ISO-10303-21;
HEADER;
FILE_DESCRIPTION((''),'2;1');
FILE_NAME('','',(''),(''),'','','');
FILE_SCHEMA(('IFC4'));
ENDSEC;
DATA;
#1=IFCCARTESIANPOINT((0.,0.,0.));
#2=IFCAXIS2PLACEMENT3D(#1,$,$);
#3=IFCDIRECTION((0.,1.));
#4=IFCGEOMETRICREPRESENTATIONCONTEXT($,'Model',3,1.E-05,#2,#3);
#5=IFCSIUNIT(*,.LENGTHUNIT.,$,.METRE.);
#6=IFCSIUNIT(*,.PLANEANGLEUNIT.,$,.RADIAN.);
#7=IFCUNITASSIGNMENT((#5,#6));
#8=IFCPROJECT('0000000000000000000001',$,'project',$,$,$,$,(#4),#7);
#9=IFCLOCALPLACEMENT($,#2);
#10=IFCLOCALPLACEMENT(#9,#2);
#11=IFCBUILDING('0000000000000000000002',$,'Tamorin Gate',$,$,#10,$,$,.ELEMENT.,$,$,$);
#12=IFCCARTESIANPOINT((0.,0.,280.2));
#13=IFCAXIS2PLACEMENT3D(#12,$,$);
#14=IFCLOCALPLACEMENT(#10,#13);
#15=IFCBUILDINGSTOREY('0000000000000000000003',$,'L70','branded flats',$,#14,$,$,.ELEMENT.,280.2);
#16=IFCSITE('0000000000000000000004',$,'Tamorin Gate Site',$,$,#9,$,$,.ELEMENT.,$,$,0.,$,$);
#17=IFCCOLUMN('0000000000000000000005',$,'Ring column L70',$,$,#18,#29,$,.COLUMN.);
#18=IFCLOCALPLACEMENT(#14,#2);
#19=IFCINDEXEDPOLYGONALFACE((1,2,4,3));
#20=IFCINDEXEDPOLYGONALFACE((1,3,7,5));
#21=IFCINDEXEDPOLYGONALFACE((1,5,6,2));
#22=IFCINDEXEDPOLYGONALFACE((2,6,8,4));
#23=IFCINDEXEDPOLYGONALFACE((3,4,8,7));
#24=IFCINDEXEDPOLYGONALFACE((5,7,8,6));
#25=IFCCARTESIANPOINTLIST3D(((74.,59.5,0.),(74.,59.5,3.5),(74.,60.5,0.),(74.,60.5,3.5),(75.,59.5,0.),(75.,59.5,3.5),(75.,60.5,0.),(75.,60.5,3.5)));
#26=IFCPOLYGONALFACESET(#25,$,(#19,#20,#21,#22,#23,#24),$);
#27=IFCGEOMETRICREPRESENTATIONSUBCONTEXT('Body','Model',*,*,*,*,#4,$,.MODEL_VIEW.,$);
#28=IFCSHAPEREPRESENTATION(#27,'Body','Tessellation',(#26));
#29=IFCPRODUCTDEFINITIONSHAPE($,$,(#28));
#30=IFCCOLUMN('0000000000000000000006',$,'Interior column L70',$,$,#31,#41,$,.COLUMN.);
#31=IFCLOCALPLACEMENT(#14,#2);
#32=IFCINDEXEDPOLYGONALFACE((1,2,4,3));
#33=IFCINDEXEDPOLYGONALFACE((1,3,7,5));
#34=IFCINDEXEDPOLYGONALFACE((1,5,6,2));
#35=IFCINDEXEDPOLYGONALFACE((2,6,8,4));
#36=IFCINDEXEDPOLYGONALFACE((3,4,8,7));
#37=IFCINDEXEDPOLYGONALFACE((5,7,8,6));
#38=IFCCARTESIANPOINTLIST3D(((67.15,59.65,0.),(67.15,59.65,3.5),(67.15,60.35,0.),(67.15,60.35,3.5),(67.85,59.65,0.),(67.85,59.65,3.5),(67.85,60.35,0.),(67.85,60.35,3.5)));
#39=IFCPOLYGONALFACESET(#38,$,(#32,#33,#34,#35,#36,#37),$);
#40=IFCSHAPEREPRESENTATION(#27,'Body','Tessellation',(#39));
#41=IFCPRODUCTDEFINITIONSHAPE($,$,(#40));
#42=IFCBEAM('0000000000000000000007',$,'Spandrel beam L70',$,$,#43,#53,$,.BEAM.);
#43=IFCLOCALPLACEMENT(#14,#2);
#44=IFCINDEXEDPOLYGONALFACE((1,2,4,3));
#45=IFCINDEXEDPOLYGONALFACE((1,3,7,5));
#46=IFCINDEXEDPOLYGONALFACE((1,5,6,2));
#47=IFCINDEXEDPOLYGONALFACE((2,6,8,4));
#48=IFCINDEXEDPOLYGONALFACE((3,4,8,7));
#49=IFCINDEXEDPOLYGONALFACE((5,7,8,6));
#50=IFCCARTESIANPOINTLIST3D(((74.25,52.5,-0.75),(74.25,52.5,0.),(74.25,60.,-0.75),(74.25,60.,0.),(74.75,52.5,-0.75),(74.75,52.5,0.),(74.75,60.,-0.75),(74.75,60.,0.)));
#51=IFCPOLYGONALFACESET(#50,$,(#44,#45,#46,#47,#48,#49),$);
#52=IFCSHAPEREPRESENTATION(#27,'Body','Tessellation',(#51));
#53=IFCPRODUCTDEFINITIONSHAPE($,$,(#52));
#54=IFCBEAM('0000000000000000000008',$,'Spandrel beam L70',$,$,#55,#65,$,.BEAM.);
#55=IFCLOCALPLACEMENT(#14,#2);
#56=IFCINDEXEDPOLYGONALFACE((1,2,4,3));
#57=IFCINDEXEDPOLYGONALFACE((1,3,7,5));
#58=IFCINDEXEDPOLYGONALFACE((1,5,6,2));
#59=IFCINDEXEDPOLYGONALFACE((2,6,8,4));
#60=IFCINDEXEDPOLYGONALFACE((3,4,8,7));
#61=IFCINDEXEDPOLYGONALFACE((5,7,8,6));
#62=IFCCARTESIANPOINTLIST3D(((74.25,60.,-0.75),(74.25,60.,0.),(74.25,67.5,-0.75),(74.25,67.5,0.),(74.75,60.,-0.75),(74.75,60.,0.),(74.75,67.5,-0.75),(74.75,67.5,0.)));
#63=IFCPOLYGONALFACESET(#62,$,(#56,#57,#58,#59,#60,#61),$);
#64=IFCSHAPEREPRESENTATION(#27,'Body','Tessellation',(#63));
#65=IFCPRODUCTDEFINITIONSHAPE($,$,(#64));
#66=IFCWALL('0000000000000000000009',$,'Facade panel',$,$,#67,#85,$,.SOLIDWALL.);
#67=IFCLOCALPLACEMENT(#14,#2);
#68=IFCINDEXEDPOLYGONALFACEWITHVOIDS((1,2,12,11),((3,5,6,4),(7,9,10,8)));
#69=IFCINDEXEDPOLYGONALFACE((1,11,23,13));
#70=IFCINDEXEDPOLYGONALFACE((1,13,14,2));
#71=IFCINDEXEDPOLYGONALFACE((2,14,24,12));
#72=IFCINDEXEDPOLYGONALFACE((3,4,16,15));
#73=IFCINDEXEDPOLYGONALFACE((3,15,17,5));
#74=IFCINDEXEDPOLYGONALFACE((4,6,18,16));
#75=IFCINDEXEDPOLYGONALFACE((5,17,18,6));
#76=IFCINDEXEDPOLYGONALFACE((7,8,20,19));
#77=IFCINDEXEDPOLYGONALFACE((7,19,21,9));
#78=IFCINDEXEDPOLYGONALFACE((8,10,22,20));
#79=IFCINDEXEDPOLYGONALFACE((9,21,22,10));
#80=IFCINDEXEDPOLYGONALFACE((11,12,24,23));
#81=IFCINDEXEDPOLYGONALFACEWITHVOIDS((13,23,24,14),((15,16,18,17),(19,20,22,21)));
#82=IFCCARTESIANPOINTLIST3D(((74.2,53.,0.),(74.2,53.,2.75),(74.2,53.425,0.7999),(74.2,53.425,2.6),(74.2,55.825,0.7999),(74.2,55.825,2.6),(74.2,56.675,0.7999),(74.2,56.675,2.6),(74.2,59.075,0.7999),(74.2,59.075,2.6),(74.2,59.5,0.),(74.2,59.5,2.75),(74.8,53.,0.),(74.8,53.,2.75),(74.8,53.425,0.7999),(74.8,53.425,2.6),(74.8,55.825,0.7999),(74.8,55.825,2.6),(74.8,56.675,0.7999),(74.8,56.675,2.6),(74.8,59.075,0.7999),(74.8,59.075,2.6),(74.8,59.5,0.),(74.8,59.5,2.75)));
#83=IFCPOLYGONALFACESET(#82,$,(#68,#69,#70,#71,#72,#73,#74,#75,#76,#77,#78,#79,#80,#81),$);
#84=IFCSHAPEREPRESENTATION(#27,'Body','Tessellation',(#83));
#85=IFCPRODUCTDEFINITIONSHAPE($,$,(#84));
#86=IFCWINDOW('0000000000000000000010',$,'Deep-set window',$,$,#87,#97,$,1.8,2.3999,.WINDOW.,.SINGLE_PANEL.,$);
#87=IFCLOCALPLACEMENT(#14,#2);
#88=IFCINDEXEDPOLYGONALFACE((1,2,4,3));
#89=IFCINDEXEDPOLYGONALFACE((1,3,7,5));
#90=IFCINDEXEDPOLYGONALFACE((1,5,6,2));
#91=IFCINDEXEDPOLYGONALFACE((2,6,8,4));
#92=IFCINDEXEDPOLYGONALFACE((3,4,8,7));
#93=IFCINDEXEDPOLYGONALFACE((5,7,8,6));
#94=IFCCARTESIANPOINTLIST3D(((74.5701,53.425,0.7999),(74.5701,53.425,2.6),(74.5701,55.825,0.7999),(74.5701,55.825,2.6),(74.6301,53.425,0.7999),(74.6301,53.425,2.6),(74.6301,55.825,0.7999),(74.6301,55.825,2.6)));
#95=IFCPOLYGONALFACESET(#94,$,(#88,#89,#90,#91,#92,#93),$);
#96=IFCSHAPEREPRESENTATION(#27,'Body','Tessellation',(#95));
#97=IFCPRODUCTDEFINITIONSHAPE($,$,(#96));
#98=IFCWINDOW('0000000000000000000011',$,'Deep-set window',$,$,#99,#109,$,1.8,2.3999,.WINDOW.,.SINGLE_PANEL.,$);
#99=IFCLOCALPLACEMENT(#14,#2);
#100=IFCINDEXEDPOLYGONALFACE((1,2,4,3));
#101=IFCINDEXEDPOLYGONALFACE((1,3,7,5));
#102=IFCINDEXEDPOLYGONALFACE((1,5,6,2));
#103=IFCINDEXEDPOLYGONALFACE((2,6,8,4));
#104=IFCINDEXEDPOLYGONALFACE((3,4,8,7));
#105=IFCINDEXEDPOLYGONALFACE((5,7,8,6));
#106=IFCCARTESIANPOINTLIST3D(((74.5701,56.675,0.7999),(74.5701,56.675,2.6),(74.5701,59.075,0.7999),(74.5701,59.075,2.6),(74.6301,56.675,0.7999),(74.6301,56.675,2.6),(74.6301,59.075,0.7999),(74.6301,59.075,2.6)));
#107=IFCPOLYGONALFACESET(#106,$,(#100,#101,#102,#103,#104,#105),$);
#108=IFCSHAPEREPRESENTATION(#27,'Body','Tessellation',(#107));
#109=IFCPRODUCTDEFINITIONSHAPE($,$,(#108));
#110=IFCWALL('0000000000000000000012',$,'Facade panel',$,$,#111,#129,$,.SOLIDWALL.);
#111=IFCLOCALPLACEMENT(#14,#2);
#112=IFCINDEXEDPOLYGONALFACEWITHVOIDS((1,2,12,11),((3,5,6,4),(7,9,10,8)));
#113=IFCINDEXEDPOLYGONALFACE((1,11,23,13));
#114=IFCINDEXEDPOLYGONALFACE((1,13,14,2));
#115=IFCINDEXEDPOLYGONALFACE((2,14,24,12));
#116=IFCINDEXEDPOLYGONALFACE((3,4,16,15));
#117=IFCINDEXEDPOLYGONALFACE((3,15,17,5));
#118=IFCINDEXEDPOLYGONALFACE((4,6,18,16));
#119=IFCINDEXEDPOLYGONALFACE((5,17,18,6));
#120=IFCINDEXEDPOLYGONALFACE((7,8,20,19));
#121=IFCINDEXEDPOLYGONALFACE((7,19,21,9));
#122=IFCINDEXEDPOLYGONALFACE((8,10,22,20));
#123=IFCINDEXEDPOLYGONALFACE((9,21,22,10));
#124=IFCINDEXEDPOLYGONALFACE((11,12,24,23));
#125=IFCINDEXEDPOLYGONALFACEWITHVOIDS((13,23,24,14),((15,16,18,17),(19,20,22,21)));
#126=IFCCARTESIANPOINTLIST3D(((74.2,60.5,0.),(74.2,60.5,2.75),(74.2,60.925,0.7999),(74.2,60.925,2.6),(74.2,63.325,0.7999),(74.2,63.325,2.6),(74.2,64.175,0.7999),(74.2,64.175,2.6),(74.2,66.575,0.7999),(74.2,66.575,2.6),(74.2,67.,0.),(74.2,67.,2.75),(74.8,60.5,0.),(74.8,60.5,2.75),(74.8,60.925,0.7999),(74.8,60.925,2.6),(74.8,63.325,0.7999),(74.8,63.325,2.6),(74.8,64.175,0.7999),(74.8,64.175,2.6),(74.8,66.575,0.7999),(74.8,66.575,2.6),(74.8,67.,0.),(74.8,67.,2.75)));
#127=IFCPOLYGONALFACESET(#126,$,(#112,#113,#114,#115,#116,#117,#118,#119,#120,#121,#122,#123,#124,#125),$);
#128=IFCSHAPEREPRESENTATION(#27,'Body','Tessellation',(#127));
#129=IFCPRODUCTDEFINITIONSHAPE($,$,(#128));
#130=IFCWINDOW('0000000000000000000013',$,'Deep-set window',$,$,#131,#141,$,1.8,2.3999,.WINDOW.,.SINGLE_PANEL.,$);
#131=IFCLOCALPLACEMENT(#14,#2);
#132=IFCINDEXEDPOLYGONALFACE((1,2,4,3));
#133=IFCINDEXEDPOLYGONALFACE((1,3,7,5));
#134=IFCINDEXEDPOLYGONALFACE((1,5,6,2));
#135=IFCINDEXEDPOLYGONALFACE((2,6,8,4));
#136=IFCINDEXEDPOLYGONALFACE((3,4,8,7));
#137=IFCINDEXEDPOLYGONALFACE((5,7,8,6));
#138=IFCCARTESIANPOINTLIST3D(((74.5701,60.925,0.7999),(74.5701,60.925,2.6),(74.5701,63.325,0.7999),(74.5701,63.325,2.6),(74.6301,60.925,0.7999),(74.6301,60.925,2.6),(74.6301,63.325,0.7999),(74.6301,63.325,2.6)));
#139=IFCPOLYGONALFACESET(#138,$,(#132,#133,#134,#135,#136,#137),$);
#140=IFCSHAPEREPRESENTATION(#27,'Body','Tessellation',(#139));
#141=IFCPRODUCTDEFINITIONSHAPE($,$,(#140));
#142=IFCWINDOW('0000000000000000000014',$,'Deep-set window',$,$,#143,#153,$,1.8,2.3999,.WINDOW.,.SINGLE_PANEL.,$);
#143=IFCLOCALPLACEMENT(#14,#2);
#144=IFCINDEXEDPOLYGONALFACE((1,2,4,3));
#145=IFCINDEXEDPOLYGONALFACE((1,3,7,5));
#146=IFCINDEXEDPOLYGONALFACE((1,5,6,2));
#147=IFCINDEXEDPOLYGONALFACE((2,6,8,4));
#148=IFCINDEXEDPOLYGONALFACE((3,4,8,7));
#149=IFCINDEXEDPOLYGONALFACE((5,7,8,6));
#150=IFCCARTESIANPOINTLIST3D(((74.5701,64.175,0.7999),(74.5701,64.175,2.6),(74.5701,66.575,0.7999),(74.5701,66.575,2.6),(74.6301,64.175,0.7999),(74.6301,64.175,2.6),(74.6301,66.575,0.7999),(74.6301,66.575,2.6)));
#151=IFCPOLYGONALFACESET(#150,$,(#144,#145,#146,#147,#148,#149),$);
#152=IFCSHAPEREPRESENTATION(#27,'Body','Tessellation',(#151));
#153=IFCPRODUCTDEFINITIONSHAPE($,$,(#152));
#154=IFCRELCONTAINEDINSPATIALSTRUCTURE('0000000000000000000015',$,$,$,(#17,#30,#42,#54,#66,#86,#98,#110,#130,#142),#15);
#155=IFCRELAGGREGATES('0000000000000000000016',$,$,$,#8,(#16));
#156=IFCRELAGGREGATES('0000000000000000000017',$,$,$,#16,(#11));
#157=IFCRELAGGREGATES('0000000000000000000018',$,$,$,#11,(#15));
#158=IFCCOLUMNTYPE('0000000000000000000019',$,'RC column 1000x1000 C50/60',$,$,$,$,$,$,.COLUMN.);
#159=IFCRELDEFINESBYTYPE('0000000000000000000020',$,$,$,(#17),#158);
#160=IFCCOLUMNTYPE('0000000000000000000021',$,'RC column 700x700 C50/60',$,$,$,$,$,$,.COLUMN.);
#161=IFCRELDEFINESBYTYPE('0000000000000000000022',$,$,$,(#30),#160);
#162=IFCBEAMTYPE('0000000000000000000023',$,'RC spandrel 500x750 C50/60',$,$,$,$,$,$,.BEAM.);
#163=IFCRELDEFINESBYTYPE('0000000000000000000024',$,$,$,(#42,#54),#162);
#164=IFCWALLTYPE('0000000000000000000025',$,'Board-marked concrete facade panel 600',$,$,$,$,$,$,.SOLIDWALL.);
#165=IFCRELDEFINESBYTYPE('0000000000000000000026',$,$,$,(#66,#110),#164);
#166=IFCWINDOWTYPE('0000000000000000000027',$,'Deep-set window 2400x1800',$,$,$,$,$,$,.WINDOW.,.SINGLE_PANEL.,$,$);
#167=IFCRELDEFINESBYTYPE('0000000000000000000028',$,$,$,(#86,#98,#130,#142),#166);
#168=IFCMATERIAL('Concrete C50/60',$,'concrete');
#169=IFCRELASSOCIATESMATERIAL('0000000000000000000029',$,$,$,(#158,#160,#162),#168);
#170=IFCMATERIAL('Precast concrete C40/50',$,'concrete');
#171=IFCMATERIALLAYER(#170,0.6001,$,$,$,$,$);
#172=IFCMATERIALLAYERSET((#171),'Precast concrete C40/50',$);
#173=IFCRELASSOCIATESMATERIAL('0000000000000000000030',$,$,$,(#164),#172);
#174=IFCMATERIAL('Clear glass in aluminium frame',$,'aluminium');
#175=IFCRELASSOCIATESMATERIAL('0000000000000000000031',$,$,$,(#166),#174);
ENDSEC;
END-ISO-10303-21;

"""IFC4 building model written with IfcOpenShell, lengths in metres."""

from ifc_helpers import new_model, si_unit, direction, frame, frame_2d, origin, origin_2d, place, context, subcontext, project, spatial, rectangle, extrude, material, layer, layer_set, material_profile, profile_set, type_object, element, fill, save


model = new_model("IFC4")

# Units and contexts
model_context = context("Model", 3, precision=1e-05, world=origin(), true_north=direction((0.0, 1.0)))
body_context = subcontext(model_context, "Body", "Model", "MODEL_VIEW")
ifc_project = project(units=[si_unit("LENGTHUNIT", "METRE"), si_unit("PLANEANGLEUNIT", "RADIAN")], contexts=[model_context])

# Site, building, storey
site_placement = place(None, origin())
site = spatial("IfcSite", under=ifc_project, at=site_placement, Name="Tamorin Gate Site", CompositionType="ELEMENT", RefElevation=0.0)
building_placement = place(site_placement, origin())
building = spatial("IfcBuilding", under=site, at=building_placement, Name="Tamorin Gate", CompositionType="ELEMENT")
storey_placement = place(building_placement, frame((0.0, 0.0, 280.2)))
storey = spatial("IfcBuildingStorey", under=building, at=storey_placement, Name="L70", Description="branded flats", CompositionType="ELEMENT", Elevation=280.2)

# Columns
ifc_material_1 = material(Name="Concrete C50/60", Category="concrete")
ifc_material_profile_1 = material_profile(ifc_material_1, rectangle(XDim=1.0, YDim=1.0, at=origin_2d()), Name="RC 1000x1000")
ifc_profile_set_1 = profile_set([ifc_material_profile_1], Name="Concrete C50/60")
column_type_1 = type_object("IfcColumnType", Name="RC column 1000x1000 C50/60", PredefinedType="COLUMN", material=ifc_profile_set_1)
column_1_placement = place(storey_placement, frame((74.5, 60.0, 0.0), z_axis=(0.0, 0.0, 1.0), x_axis=(1.0, 0.0, 0.0)))
element("IfcColumn", 1, at=column_1_placement, inside=storey, type_object=column_type_1, Name="Ring column L70", PredefinedType="COLUMN", context=body_context, shape_type="SweptSolid", body=[
    extrude(rectangle(XDim=1.0, YDim=1.0, at=origin_2d()), origin(), (0.0, 0.0, 1.0), 3.5),
])
ifc_material_profile_2 = material_profile(ifc_material_1, rectangle(XDim=0.7, YDim=0.7, at=origin_2d()), Name="RC 700x700")
ifc_profile_set_2 = profile_set([ifc_material_profile_2], Name="Concrete C50/60")
column_type_2 = type_object("IfcColumnType", Name="RC column 700x700 C50/60", PredefinedType="COLUMN", material=ifc_profile_set_2)
column_2_placement = place(storey_placement, frame((67.5, 60.0, 0.0), z_axis=(0.0, 0.0, 1.0), x_axis=(1.0, 0.0, 0.0)))
element("IfcColumn", 2, at=column_2_placement, inside=storey, type_object=column_type_2, Name="Interior column L70", PredefinedType="COLUMN", context=body_context, shape_type="SweptSolid", body=[
    extrude(rectangle(XDim=0.7, YDim=0.7, at=origin_2d()), origin(), (0.0, 0.0, 1.0), 3.5),
])

# Beams
ifc_material_profile_3 = material_profile(ifc_material_1, rectangle(XDim=0.5, YDim=0.75, at=origin_2d()), Name="RC 500x750")
ifc_profile_set_3 = profile_set([ifc_material_profile_3], Name="Concrete C50/60")
beam_type = type_object("IfcBeamType", Name="RC spandrel 500x750 C50/60", PredefinedType="BEAM", material=ifc_profile_set_3)
for number, where, z_axis, x_axis, name in (
    (3, (74.5, 52.5, -0.375), (0.0, 1.0, 0.0), (-1.0, 0.0, 0.0), "Spandrel beam L70"),
    (4, (74.5, 60.0, -0.375), (0.0, 1.0, 0.0), (-1.0, 0.0, 0.0), "Spandrel beam L70"),
):
    element("IfcBeam", number, at=place(storey_placement, frame(where, z_axis=z_axis, x_axis=x_axis)), inside=storey, type_object=beam_type, Name=name, PredefinedType="BEAM", context=body_context, shape_type="SweptSolid", body=[
        extrude(rectangle(XDim=0.5, YDim=0.75, at=origin_2d()), origin(), (0.0, 0.0, 1.0), 7.5),
    ])

# Walls, openings, windows
ifc_material_2 = material(Name="Precast concrete C40/50", Category="concrete")
ifc_layer_1 = layer(ifc_material_2, 0.6001)
ifc_layer_set_1 = layer_set([ifc_layer_1], Name="Precast concrete C40/50")
wall_type_1 = type_object("IfcWallType", Name="Board-marked concrete facade panel 600", PredefinedType="SOLIDWALL", material=ifc_layer_set_1)
wall_1_placement = place(storey_placement, frame((74.5, 53.0, 0.0), z_axis=(0.0, 0.0, 1.0), x_axis=(0.0, 1.0, 0.0)))
wall_1 = element("IfcWall", 5, at=wall_1_placement, inside=storey, type_object=wall_type_1, Name="Facade panel", PredefinedType="SOLIDWALL", context=body_context, shape_type="SweptSolid", body=[
    extrude(rectangle(XDim=6.5, YDim=0.6001, at=frame_2d((3.25, 0.0))), origin(), (0.0, 0.0, 1.0), 2.75),
])
opening_1_placement = place(wall_1_placement, frame((0.425, 0.0, 0.8)))
opening_1 = element("IfcOpeningElement", 6, at=opening_1_placement, cuts=wall_1, PredefinedType="OPENING", context=body_context, shape_type="SweptSolid", body=[
    extrude(rectangle(XDim=2.3999, YDim=1.8, at=frame_2d((1.2, 0.8999))), frame((0.0, 0.3101, 0.0), z_axis=(0.0, -1.0, 0.0), x_axis=(1.0, 0.0, 0.0)), (0.0, 0.0, 1.0), 0.6201),
])
opening_2_placement = place(wall_1_placement, frame((3.675, 0.0, 0.8)))
opening_2 = element("IfcOpeningElement", 7, at=opening_2_placement, cuts=wall_1, PredefinedType="OPENING", context=body_context, shape_type="SweptSolid", body=[
    extrude(rectangle(XDim=2.3999, YDim=1.8, at=frame_2d((1.2, 0.8999))), frame((0.0, 0.3101, 0.0), z_axis=(0.0, -1.0, 0.0), x_axis=(1.0, 0.0, 0.0)), (0.0, 0.0, 1.0), 0.6201),
])
ifc_material_3 = material(Name="Clear glass in aluminium frame", Category="aluminium")
window_type = type_object("IfcWindowType", Name="Deep-set window 2400x1800", PartitioningType="SINGLE_PANEL", PredefinedType="WINDOW", material=ifc_material_3)
window_1_placement = place(opening_1_placement, origin())
window_1 = element("IfcWindow", 8, at=window_1_placement, inside=storey, type_object=window_type, Name="Deep-set window", OverallHeight=1.8, OverallWidth=2.3999, PartitioningType="SINGLE_PANEL", PredefinedType="WINDOW", context=body_context, shape_type="SweptSolid", body=[
    extrude(rectangle(XDim=2.3999, YDim=1.8, at=frame_2d((1.2, 0.8999))), frame((0.0, -0.0701, 0.0), z_axis=(0.0, -1.0, 0.0), x_axis=(1.0, 0.0, 0.0)), (0.0, 0.0, 1.0), 0.0601),
])
fill(opening_1, window_1)
window_2_placement = place(opening_2_placement, origin())
window_2 = element("IfcWindow", 9, at=window_2_placement, inside=storey, type_object=window_type, Name="Deep-set window", OverallHeight=1.8, OverallWidth=2.3999, PartitioningType="SINGLE_PANEL", PredefinedType="WINDOW", context=body_context, shape_type="SweptSolid", body=[
    extrude(rectangle(XDim=2.3999, YDim=1.8, at=frame_2d((1.2, 0.8999))), frame((0.0, -0.0701, 0.0), z_axis=(0.0, -1.0, 0.0), x_axis=(1.0, 0.0, 0.0)), (0.0, 0.0, 1.0), 0.0601),
])
fill(opening_2, window_2)
wall_2_placement = place(storey_placement, frame((74.5, 60.5, 0.0), z_axis=(0.0, 0.0, 1.0), x_axis=(0.0, 1.0, 0.0)))
wall_2 = element("IfcWall", 10, at=wall_2_placement, inside=storey, type_object=wall_type_1, Name="Facade panel", PredefinedType="SOLIDWALL", context=body_context, shape_type="SweptSolid", body=[
    extrude(rectangle(XDim=6.5, YDim=0.6001, at=frame_2d((3.25, 0.0))), origin(), (0.0, 0.0, 1.0), 2.75),
])
opening_3_placement = place(wall_2_placement, frame((0.425, 0.0, 0.8)))
opening_3 = element("IfcOpeningElement", 11, at=opening_3_placement, cuts=wall_2, PredefinedType="OPENING", context=body_context, shape_type="SweptSolid", body=[
    extrude(rectangle(XDim=2.3999, YDim=1.8, at=frame_2d((1.2, 0.8999))), frame((0.0, 0.3101, 0.0), z_axis=(0.0, -1.0, 0.0), x_axis=(1.0, 0.0, 0.0)), (0.0, 0.0, 1.0), 0.6201),
])
opening_4_placement = place(wall_2_placement, frame((3.675, 0.0, 0.8)))
opening_4 = element("IfcOpeningElement", 12, at=opening_4_placement, cuts=wall_2, PredefinedType="OPENING", context=body_context, shape_type="SweptSolid", body=[
    extrude(rectangle(XDim=2.3999, YDim=1.8, at=frame_2d((1.2, 0.8999))), frame((0.0, 0.3101, 0.0), z_axis=(0.0, -1.0, 0.0), x_axis=(1.0, 0.0, 0.0)), (0.0, 0.0, 1.0), 0.6201),
])
window_3_placement = place(opening_3_placement, origin())
window_3 = element("IfcWindow", 13, at=window_3_placement, inside=storey, type_object=window_type, Name="Deep-set window", OverallHeight=1.8, OverallWidth=2.3999, PartitioningType="SINGLE_PANEL", PredefinedType="WINDOW", context=body_context, shape_type="SweptSolid", body=[
    extrude(rectangle(XDim=2.3999, YDim=1.8, at=frame_2d((1.2, 0.8999))), frame((0.0, -0.0701, 0.0), z_axis=(0.0, -1.0, 0.0), x_axis=(1.0, 0.0, 0.0)), (0.0, 0.0, 1.0), 0.0601),
])
fill(opening_3, window_3)
window_4_placement = place(opening_4_placement, origin())
window_4 = element("IfcWindow", 14, at=window_4_placement, inside=storey, type_object=window_type, Name="Deep-set window", OverallHeight=1.8, OverallWidth=2.3999, PartitioningType="SINGLE_PANEL", PredefinedType="WINDOW", context=body_context, shape_type="SweptSolid", body=[
    extrude(rectangle(XDim=2.3999, YDim=1.8, at=frame_2d((1.2, 0.8999))), frame((0.0, -0.0701, 0.0), z_axis=(0.0, -1.0, 0.0), x_axis=(1.0, 0.0, 0.0)), (0.0, 0.0, 1.0), 0.0601),
])
fill(opening_4, window_4)

save(model, "model.ifc")
